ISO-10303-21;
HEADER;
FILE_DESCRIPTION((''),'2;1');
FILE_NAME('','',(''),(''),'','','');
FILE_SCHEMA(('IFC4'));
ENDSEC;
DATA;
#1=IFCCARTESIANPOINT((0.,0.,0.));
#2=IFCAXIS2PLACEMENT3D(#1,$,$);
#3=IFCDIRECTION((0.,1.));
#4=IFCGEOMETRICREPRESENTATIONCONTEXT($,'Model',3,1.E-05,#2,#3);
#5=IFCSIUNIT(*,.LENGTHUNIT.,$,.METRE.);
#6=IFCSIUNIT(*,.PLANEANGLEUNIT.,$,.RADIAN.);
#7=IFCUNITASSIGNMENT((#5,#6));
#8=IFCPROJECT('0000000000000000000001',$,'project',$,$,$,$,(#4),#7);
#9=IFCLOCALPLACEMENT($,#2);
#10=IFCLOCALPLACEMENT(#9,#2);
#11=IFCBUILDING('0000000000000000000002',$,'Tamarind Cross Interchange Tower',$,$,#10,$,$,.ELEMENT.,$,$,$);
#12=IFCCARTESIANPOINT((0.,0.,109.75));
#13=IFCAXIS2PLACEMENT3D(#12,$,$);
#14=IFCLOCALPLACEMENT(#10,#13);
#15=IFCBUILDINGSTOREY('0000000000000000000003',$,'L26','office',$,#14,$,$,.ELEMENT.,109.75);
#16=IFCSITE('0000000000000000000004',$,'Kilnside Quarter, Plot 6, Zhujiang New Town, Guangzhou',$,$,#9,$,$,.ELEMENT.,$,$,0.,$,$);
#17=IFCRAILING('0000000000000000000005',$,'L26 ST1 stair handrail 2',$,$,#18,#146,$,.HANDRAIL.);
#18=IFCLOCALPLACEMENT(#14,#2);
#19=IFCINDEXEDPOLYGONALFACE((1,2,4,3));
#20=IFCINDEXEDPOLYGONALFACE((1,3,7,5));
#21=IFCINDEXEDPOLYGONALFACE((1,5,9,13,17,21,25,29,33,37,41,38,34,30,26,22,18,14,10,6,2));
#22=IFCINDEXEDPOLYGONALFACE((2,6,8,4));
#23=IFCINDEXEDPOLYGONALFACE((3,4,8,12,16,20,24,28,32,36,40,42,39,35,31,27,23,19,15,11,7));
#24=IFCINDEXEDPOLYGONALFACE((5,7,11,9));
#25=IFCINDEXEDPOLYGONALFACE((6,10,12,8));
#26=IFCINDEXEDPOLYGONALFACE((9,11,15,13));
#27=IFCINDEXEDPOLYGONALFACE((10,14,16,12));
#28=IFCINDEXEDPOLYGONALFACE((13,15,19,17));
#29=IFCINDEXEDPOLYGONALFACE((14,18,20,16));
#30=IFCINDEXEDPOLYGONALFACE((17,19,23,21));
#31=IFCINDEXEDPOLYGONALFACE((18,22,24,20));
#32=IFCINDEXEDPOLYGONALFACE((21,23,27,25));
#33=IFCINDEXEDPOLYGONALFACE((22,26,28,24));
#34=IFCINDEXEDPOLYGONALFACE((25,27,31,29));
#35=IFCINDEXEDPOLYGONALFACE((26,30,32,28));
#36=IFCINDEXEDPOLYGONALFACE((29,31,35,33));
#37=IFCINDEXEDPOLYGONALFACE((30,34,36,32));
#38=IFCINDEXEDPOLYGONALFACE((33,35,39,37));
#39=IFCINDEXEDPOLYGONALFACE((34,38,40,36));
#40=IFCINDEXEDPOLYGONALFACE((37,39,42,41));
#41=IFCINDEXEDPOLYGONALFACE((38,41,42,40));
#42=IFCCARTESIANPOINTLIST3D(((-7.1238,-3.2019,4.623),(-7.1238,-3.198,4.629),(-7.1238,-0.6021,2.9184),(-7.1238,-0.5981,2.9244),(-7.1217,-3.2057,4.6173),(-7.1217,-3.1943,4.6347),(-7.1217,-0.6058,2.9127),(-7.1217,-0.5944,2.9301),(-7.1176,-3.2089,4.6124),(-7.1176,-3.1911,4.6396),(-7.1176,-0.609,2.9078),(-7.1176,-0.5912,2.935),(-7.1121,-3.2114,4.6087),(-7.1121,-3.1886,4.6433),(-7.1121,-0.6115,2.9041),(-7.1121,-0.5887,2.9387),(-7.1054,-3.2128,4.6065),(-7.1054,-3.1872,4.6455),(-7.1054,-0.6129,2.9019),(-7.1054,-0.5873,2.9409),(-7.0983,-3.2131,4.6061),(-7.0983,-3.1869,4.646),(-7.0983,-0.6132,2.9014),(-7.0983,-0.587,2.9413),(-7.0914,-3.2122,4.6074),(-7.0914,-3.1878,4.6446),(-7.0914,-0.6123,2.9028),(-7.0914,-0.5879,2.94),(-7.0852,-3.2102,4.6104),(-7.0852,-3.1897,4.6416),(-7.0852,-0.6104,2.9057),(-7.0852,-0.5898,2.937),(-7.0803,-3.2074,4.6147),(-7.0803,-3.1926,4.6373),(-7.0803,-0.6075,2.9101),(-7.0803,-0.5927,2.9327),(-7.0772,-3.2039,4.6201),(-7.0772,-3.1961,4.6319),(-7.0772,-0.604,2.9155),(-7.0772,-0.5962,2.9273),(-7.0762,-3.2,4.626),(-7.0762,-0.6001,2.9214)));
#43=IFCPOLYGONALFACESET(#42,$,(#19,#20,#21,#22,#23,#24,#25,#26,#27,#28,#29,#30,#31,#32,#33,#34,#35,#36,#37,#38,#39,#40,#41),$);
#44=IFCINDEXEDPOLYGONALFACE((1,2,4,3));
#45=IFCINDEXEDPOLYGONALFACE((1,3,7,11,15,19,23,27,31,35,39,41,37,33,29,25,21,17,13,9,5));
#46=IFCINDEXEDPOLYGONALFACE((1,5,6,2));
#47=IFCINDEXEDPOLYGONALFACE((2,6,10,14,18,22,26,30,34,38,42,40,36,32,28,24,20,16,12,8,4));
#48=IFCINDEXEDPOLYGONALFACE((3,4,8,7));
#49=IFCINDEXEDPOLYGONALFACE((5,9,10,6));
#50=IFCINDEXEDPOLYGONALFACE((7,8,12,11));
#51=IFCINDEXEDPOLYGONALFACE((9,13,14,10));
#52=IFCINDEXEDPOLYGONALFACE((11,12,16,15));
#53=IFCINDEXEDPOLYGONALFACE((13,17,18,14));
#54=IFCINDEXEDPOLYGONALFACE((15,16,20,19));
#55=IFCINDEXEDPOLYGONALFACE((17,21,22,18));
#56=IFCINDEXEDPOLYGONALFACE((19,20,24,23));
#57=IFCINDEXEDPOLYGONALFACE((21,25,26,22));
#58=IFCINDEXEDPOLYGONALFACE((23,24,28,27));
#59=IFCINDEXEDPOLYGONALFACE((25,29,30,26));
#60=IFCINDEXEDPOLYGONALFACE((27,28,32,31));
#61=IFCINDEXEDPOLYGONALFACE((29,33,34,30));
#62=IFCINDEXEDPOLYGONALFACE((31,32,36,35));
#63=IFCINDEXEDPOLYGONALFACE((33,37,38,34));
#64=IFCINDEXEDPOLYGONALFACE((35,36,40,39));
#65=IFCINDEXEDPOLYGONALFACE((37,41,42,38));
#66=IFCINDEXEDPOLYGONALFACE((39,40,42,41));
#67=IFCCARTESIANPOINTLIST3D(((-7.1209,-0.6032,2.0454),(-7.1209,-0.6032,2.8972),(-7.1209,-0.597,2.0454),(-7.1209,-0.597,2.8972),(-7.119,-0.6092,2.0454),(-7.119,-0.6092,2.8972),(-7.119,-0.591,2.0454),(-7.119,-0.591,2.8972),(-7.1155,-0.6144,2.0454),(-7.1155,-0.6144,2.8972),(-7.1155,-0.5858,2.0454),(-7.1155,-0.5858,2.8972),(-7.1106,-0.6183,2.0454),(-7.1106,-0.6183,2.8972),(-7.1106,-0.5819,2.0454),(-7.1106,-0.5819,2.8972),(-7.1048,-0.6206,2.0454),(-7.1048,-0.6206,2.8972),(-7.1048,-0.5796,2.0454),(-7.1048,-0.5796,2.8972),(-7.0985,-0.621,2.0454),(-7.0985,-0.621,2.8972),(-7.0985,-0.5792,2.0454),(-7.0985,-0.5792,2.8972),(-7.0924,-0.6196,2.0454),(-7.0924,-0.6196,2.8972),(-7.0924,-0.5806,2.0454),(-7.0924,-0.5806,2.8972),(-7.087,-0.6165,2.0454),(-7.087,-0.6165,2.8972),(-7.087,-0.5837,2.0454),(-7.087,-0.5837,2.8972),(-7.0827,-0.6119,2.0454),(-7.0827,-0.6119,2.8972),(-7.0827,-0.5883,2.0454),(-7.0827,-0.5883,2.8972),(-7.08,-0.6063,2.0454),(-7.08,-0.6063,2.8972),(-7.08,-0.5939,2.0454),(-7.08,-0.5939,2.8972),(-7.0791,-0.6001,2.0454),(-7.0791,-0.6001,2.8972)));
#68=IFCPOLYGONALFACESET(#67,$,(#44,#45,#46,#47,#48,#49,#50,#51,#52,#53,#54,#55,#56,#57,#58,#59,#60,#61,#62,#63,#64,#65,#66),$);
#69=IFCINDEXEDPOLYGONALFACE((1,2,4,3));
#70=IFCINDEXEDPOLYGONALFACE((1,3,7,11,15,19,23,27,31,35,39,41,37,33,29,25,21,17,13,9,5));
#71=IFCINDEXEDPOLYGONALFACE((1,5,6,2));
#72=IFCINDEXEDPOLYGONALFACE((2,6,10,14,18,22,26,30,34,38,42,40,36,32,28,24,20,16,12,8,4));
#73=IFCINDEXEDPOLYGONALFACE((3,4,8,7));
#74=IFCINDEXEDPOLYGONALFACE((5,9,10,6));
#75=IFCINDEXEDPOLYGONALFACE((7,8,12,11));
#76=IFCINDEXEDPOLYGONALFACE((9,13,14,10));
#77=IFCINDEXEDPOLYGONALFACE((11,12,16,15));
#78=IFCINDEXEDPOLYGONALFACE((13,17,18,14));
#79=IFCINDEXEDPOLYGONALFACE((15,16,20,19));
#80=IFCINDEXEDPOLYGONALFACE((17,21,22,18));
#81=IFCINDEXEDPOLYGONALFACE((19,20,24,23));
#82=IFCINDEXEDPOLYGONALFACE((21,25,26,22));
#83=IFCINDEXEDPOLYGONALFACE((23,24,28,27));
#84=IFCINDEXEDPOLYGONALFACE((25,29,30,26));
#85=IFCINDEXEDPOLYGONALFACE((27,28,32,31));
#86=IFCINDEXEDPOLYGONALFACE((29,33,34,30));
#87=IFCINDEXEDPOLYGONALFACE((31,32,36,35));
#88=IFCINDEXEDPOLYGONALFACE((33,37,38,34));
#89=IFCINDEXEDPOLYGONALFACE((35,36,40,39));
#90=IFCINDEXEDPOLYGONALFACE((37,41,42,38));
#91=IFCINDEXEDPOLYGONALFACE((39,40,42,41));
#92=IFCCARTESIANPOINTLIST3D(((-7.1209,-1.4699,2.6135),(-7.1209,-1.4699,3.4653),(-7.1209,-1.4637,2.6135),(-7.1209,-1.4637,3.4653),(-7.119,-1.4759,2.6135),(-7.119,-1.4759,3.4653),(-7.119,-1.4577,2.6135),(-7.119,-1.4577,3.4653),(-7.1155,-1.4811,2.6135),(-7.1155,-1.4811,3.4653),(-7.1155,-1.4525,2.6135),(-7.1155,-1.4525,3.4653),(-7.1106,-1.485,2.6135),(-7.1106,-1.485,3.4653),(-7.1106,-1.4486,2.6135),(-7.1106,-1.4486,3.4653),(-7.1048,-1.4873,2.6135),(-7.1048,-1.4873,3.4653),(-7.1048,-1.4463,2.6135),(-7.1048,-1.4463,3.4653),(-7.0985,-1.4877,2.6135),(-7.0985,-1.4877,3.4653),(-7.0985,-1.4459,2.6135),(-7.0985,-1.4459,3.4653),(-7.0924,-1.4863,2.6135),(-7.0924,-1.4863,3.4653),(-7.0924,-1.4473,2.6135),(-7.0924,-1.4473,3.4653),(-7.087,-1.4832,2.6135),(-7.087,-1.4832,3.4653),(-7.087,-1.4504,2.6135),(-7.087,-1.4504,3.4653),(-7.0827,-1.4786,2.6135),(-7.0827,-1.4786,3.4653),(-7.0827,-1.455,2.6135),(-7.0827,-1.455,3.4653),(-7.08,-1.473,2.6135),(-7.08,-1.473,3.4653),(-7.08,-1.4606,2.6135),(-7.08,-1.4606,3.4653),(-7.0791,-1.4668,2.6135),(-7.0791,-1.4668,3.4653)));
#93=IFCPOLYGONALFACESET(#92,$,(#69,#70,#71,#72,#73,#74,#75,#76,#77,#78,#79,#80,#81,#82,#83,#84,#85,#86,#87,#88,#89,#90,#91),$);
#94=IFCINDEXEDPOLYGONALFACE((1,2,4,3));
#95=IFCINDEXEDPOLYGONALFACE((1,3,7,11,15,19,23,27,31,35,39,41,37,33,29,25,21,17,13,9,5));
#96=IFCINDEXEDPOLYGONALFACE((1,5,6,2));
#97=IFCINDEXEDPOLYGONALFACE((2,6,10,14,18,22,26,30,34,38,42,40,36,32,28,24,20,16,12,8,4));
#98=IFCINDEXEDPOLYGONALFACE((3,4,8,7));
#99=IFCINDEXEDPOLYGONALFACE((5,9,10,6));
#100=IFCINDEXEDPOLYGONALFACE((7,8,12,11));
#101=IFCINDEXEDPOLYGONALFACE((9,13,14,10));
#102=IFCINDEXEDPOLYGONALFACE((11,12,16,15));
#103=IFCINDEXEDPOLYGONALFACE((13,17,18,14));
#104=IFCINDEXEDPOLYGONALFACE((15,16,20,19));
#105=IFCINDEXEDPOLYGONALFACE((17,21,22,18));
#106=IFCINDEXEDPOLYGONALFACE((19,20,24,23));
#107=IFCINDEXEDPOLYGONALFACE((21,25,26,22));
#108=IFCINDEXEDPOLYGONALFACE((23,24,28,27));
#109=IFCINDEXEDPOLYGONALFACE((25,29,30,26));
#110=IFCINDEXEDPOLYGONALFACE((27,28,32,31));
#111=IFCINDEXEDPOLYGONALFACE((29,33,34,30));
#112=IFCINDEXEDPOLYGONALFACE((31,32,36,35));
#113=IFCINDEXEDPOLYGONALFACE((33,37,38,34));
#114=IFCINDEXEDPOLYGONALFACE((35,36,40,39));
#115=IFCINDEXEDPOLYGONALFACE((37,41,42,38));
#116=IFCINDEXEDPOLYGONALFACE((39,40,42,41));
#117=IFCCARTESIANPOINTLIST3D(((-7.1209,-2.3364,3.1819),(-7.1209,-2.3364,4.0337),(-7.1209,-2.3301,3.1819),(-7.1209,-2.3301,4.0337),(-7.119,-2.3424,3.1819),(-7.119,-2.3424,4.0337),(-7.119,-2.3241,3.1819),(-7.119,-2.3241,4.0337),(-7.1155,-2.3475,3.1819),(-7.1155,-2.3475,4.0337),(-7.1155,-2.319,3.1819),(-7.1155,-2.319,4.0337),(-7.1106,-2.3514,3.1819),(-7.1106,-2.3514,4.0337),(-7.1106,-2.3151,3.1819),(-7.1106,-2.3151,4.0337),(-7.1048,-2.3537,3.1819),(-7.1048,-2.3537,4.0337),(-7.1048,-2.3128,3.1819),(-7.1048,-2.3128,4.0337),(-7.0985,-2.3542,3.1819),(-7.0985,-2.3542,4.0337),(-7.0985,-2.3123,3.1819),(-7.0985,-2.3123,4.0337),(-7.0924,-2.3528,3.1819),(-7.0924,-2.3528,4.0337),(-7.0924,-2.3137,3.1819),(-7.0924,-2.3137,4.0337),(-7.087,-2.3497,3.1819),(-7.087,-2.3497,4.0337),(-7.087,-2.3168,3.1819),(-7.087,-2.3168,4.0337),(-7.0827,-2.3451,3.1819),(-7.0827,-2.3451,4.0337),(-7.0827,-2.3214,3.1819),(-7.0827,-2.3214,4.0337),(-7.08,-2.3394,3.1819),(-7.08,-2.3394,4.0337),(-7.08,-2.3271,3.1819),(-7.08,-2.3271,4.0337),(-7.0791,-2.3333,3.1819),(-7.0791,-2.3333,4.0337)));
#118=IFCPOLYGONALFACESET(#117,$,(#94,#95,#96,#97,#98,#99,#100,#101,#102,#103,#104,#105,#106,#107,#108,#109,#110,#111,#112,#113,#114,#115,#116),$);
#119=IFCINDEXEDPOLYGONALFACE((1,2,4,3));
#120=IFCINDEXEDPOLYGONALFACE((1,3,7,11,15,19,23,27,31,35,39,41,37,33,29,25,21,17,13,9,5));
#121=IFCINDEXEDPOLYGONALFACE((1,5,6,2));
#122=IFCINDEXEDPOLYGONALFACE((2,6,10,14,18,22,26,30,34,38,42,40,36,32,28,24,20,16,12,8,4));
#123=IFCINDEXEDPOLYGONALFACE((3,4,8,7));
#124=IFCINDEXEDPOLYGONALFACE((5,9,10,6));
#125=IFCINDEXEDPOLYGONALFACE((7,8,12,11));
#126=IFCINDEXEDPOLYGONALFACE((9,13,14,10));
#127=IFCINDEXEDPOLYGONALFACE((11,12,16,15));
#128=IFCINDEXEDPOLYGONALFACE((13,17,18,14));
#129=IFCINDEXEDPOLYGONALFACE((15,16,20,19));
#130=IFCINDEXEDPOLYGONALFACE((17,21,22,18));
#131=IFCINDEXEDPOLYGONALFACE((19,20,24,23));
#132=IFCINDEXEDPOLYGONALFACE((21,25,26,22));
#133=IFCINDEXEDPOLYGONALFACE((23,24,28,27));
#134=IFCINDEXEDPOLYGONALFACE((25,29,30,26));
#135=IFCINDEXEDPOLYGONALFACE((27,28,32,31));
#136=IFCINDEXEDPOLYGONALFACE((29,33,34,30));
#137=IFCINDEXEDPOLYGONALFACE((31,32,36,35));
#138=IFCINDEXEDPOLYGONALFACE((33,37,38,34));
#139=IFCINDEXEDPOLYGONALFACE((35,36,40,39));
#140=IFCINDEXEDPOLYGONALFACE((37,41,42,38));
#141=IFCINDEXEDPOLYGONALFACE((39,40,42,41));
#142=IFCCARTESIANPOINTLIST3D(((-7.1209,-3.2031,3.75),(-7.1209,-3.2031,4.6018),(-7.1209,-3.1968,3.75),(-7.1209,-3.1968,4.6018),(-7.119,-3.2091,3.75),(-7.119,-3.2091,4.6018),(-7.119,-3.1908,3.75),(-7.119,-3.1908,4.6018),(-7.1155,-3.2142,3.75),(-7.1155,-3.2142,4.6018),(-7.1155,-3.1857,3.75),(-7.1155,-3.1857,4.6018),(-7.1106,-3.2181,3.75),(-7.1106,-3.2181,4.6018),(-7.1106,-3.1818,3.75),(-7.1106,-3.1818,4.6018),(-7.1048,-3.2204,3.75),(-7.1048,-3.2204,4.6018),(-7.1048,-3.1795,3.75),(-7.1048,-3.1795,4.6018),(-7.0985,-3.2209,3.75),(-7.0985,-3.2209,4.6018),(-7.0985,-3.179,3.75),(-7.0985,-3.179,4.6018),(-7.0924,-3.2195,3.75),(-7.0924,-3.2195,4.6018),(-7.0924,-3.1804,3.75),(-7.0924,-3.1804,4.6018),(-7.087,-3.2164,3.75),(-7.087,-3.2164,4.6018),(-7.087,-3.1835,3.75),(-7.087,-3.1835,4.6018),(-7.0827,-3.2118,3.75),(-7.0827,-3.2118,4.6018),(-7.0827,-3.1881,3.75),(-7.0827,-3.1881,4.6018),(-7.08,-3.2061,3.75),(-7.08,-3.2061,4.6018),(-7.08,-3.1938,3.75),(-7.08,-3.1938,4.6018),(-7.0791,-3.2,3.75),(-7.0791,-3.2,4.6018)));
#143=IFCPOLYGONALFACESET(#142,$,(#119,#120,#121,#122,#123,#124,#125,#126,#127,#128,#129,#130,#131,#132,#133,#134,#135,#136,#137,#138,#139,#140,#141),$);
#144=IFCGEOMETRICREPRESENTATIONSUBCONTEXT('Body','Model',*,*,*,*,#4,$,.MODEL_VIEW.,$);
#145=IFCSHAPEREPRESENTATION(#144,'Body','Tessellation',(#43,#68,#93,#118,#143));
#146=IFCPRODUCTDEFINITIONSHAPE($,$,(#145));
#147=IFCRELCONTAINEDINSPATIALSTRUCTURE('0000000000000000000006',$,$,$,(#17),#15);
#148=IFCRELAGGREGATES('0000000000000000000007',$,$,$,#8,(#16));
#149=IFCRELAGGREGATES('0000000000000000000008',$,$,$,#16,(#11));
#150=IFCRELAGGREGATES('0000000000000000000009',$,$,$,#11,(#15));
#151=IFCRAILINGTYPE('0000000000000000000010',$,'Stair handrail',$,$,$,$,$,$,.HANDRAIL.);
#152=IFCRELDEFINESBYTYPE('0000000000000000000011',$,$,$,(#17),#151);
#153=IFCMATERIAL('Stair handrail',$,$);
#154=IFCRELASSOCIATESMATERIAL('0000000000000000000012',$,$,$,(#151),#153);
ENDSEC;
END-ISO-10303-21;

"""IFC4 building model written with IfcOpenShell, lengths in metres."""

from ifc_helpers import new_model, si_unit, direction, frame, origin, origin_2d, place, context, subcontext, project, spatial, circle, extrude, material, type_object, element, save


model = new_model("IFC4")

# Units and contexts
model_context = context("Model", 3, precision=1e-05, world=origin(), true_north=direction((0.0, 1.0)))
body_context = subcontext(model_context, "Body", "Model", "MODEL_VIEW")
ifc_project = project(units=[si_unit("LENGTHUNIT", "METRE"), si_unit("PLANEANGLEUNIT", "RADIAN")], contexts=[model_context])

# Site, building, storey
site_placement = place(None, origin())
site = spatial("IfcSite", under=ifc_project, at=site_placement, Name="Kilnside Quarter, Plot 6, Zhujiang New Town, Guangzhou", CompositionType="ELEMENT", RefElevation=0.0)
building_placement = place(site_placement, origin())
building = spatial("IfcBuilding", under=site, at=building_placement, Name="Tamarind Cross Interchange Tower", CompositionType="ELEMENT")
storey_placement = place(building_placement, frame((0.0, 0.0, 109.75)))
storey = spatial("IfcBuildingStorey", under=building, at=storey_placement, Name="L26", Description="office", CompositionType="ELEMENT", Elevation=109.75)

# Railing
ifc_material_1 = material(Name="Stair handrail")
railing_type_1 = type_object("IfcRailingType", Name="Stair handrail", PredefinedType="HANDRAIL", material=ifc_material_1)
railing_1_placement = place(storey_placement, frame((-7.1001, -0.6001, 2.0454)))
element("IfcRailing", 1, at=railing_1_placement, inside=storey, type_object=railing_type_1, Name="L26 ST1 stair handrail 2", PredefinedType="HANDRAIL", context=body_context, shape_type="SweptSolid", body=[
    extrude(circle(Radius=0.0239, at=origin_2d()), frame((0.0, 0.0, 0.876), z_axis=(0.0, -0.836279, 0.548305), x_axis=(1.0, 0.0, 0.0)), (0.0, 0.0, 1.0), 3.1089),
    extrude(circle(Radius=0.021, at=origin_2d()), origin(), (0.0, 0.0, 1.0), 0.8518),
    extrude(circle(Radius=0.021, at=origin_2d()), frame((0.0, -0.8667, 0.5681)), (0.0, 0.0, 1.0), 0.8518),
    extrude(circle(Radius=0.021, at=origin_2d()), frame((0.0, -1.7332, 1.1365)), (0.0, 0.0, 1.0), 0.8518),
    extrude(circle(Radius=0.021, at=origin_2d()), frame((0.0, -2.5999, 1.7046)), (0.0, 0.0, 1.0), 0.8518),
])

save(model, "model.ifc")
